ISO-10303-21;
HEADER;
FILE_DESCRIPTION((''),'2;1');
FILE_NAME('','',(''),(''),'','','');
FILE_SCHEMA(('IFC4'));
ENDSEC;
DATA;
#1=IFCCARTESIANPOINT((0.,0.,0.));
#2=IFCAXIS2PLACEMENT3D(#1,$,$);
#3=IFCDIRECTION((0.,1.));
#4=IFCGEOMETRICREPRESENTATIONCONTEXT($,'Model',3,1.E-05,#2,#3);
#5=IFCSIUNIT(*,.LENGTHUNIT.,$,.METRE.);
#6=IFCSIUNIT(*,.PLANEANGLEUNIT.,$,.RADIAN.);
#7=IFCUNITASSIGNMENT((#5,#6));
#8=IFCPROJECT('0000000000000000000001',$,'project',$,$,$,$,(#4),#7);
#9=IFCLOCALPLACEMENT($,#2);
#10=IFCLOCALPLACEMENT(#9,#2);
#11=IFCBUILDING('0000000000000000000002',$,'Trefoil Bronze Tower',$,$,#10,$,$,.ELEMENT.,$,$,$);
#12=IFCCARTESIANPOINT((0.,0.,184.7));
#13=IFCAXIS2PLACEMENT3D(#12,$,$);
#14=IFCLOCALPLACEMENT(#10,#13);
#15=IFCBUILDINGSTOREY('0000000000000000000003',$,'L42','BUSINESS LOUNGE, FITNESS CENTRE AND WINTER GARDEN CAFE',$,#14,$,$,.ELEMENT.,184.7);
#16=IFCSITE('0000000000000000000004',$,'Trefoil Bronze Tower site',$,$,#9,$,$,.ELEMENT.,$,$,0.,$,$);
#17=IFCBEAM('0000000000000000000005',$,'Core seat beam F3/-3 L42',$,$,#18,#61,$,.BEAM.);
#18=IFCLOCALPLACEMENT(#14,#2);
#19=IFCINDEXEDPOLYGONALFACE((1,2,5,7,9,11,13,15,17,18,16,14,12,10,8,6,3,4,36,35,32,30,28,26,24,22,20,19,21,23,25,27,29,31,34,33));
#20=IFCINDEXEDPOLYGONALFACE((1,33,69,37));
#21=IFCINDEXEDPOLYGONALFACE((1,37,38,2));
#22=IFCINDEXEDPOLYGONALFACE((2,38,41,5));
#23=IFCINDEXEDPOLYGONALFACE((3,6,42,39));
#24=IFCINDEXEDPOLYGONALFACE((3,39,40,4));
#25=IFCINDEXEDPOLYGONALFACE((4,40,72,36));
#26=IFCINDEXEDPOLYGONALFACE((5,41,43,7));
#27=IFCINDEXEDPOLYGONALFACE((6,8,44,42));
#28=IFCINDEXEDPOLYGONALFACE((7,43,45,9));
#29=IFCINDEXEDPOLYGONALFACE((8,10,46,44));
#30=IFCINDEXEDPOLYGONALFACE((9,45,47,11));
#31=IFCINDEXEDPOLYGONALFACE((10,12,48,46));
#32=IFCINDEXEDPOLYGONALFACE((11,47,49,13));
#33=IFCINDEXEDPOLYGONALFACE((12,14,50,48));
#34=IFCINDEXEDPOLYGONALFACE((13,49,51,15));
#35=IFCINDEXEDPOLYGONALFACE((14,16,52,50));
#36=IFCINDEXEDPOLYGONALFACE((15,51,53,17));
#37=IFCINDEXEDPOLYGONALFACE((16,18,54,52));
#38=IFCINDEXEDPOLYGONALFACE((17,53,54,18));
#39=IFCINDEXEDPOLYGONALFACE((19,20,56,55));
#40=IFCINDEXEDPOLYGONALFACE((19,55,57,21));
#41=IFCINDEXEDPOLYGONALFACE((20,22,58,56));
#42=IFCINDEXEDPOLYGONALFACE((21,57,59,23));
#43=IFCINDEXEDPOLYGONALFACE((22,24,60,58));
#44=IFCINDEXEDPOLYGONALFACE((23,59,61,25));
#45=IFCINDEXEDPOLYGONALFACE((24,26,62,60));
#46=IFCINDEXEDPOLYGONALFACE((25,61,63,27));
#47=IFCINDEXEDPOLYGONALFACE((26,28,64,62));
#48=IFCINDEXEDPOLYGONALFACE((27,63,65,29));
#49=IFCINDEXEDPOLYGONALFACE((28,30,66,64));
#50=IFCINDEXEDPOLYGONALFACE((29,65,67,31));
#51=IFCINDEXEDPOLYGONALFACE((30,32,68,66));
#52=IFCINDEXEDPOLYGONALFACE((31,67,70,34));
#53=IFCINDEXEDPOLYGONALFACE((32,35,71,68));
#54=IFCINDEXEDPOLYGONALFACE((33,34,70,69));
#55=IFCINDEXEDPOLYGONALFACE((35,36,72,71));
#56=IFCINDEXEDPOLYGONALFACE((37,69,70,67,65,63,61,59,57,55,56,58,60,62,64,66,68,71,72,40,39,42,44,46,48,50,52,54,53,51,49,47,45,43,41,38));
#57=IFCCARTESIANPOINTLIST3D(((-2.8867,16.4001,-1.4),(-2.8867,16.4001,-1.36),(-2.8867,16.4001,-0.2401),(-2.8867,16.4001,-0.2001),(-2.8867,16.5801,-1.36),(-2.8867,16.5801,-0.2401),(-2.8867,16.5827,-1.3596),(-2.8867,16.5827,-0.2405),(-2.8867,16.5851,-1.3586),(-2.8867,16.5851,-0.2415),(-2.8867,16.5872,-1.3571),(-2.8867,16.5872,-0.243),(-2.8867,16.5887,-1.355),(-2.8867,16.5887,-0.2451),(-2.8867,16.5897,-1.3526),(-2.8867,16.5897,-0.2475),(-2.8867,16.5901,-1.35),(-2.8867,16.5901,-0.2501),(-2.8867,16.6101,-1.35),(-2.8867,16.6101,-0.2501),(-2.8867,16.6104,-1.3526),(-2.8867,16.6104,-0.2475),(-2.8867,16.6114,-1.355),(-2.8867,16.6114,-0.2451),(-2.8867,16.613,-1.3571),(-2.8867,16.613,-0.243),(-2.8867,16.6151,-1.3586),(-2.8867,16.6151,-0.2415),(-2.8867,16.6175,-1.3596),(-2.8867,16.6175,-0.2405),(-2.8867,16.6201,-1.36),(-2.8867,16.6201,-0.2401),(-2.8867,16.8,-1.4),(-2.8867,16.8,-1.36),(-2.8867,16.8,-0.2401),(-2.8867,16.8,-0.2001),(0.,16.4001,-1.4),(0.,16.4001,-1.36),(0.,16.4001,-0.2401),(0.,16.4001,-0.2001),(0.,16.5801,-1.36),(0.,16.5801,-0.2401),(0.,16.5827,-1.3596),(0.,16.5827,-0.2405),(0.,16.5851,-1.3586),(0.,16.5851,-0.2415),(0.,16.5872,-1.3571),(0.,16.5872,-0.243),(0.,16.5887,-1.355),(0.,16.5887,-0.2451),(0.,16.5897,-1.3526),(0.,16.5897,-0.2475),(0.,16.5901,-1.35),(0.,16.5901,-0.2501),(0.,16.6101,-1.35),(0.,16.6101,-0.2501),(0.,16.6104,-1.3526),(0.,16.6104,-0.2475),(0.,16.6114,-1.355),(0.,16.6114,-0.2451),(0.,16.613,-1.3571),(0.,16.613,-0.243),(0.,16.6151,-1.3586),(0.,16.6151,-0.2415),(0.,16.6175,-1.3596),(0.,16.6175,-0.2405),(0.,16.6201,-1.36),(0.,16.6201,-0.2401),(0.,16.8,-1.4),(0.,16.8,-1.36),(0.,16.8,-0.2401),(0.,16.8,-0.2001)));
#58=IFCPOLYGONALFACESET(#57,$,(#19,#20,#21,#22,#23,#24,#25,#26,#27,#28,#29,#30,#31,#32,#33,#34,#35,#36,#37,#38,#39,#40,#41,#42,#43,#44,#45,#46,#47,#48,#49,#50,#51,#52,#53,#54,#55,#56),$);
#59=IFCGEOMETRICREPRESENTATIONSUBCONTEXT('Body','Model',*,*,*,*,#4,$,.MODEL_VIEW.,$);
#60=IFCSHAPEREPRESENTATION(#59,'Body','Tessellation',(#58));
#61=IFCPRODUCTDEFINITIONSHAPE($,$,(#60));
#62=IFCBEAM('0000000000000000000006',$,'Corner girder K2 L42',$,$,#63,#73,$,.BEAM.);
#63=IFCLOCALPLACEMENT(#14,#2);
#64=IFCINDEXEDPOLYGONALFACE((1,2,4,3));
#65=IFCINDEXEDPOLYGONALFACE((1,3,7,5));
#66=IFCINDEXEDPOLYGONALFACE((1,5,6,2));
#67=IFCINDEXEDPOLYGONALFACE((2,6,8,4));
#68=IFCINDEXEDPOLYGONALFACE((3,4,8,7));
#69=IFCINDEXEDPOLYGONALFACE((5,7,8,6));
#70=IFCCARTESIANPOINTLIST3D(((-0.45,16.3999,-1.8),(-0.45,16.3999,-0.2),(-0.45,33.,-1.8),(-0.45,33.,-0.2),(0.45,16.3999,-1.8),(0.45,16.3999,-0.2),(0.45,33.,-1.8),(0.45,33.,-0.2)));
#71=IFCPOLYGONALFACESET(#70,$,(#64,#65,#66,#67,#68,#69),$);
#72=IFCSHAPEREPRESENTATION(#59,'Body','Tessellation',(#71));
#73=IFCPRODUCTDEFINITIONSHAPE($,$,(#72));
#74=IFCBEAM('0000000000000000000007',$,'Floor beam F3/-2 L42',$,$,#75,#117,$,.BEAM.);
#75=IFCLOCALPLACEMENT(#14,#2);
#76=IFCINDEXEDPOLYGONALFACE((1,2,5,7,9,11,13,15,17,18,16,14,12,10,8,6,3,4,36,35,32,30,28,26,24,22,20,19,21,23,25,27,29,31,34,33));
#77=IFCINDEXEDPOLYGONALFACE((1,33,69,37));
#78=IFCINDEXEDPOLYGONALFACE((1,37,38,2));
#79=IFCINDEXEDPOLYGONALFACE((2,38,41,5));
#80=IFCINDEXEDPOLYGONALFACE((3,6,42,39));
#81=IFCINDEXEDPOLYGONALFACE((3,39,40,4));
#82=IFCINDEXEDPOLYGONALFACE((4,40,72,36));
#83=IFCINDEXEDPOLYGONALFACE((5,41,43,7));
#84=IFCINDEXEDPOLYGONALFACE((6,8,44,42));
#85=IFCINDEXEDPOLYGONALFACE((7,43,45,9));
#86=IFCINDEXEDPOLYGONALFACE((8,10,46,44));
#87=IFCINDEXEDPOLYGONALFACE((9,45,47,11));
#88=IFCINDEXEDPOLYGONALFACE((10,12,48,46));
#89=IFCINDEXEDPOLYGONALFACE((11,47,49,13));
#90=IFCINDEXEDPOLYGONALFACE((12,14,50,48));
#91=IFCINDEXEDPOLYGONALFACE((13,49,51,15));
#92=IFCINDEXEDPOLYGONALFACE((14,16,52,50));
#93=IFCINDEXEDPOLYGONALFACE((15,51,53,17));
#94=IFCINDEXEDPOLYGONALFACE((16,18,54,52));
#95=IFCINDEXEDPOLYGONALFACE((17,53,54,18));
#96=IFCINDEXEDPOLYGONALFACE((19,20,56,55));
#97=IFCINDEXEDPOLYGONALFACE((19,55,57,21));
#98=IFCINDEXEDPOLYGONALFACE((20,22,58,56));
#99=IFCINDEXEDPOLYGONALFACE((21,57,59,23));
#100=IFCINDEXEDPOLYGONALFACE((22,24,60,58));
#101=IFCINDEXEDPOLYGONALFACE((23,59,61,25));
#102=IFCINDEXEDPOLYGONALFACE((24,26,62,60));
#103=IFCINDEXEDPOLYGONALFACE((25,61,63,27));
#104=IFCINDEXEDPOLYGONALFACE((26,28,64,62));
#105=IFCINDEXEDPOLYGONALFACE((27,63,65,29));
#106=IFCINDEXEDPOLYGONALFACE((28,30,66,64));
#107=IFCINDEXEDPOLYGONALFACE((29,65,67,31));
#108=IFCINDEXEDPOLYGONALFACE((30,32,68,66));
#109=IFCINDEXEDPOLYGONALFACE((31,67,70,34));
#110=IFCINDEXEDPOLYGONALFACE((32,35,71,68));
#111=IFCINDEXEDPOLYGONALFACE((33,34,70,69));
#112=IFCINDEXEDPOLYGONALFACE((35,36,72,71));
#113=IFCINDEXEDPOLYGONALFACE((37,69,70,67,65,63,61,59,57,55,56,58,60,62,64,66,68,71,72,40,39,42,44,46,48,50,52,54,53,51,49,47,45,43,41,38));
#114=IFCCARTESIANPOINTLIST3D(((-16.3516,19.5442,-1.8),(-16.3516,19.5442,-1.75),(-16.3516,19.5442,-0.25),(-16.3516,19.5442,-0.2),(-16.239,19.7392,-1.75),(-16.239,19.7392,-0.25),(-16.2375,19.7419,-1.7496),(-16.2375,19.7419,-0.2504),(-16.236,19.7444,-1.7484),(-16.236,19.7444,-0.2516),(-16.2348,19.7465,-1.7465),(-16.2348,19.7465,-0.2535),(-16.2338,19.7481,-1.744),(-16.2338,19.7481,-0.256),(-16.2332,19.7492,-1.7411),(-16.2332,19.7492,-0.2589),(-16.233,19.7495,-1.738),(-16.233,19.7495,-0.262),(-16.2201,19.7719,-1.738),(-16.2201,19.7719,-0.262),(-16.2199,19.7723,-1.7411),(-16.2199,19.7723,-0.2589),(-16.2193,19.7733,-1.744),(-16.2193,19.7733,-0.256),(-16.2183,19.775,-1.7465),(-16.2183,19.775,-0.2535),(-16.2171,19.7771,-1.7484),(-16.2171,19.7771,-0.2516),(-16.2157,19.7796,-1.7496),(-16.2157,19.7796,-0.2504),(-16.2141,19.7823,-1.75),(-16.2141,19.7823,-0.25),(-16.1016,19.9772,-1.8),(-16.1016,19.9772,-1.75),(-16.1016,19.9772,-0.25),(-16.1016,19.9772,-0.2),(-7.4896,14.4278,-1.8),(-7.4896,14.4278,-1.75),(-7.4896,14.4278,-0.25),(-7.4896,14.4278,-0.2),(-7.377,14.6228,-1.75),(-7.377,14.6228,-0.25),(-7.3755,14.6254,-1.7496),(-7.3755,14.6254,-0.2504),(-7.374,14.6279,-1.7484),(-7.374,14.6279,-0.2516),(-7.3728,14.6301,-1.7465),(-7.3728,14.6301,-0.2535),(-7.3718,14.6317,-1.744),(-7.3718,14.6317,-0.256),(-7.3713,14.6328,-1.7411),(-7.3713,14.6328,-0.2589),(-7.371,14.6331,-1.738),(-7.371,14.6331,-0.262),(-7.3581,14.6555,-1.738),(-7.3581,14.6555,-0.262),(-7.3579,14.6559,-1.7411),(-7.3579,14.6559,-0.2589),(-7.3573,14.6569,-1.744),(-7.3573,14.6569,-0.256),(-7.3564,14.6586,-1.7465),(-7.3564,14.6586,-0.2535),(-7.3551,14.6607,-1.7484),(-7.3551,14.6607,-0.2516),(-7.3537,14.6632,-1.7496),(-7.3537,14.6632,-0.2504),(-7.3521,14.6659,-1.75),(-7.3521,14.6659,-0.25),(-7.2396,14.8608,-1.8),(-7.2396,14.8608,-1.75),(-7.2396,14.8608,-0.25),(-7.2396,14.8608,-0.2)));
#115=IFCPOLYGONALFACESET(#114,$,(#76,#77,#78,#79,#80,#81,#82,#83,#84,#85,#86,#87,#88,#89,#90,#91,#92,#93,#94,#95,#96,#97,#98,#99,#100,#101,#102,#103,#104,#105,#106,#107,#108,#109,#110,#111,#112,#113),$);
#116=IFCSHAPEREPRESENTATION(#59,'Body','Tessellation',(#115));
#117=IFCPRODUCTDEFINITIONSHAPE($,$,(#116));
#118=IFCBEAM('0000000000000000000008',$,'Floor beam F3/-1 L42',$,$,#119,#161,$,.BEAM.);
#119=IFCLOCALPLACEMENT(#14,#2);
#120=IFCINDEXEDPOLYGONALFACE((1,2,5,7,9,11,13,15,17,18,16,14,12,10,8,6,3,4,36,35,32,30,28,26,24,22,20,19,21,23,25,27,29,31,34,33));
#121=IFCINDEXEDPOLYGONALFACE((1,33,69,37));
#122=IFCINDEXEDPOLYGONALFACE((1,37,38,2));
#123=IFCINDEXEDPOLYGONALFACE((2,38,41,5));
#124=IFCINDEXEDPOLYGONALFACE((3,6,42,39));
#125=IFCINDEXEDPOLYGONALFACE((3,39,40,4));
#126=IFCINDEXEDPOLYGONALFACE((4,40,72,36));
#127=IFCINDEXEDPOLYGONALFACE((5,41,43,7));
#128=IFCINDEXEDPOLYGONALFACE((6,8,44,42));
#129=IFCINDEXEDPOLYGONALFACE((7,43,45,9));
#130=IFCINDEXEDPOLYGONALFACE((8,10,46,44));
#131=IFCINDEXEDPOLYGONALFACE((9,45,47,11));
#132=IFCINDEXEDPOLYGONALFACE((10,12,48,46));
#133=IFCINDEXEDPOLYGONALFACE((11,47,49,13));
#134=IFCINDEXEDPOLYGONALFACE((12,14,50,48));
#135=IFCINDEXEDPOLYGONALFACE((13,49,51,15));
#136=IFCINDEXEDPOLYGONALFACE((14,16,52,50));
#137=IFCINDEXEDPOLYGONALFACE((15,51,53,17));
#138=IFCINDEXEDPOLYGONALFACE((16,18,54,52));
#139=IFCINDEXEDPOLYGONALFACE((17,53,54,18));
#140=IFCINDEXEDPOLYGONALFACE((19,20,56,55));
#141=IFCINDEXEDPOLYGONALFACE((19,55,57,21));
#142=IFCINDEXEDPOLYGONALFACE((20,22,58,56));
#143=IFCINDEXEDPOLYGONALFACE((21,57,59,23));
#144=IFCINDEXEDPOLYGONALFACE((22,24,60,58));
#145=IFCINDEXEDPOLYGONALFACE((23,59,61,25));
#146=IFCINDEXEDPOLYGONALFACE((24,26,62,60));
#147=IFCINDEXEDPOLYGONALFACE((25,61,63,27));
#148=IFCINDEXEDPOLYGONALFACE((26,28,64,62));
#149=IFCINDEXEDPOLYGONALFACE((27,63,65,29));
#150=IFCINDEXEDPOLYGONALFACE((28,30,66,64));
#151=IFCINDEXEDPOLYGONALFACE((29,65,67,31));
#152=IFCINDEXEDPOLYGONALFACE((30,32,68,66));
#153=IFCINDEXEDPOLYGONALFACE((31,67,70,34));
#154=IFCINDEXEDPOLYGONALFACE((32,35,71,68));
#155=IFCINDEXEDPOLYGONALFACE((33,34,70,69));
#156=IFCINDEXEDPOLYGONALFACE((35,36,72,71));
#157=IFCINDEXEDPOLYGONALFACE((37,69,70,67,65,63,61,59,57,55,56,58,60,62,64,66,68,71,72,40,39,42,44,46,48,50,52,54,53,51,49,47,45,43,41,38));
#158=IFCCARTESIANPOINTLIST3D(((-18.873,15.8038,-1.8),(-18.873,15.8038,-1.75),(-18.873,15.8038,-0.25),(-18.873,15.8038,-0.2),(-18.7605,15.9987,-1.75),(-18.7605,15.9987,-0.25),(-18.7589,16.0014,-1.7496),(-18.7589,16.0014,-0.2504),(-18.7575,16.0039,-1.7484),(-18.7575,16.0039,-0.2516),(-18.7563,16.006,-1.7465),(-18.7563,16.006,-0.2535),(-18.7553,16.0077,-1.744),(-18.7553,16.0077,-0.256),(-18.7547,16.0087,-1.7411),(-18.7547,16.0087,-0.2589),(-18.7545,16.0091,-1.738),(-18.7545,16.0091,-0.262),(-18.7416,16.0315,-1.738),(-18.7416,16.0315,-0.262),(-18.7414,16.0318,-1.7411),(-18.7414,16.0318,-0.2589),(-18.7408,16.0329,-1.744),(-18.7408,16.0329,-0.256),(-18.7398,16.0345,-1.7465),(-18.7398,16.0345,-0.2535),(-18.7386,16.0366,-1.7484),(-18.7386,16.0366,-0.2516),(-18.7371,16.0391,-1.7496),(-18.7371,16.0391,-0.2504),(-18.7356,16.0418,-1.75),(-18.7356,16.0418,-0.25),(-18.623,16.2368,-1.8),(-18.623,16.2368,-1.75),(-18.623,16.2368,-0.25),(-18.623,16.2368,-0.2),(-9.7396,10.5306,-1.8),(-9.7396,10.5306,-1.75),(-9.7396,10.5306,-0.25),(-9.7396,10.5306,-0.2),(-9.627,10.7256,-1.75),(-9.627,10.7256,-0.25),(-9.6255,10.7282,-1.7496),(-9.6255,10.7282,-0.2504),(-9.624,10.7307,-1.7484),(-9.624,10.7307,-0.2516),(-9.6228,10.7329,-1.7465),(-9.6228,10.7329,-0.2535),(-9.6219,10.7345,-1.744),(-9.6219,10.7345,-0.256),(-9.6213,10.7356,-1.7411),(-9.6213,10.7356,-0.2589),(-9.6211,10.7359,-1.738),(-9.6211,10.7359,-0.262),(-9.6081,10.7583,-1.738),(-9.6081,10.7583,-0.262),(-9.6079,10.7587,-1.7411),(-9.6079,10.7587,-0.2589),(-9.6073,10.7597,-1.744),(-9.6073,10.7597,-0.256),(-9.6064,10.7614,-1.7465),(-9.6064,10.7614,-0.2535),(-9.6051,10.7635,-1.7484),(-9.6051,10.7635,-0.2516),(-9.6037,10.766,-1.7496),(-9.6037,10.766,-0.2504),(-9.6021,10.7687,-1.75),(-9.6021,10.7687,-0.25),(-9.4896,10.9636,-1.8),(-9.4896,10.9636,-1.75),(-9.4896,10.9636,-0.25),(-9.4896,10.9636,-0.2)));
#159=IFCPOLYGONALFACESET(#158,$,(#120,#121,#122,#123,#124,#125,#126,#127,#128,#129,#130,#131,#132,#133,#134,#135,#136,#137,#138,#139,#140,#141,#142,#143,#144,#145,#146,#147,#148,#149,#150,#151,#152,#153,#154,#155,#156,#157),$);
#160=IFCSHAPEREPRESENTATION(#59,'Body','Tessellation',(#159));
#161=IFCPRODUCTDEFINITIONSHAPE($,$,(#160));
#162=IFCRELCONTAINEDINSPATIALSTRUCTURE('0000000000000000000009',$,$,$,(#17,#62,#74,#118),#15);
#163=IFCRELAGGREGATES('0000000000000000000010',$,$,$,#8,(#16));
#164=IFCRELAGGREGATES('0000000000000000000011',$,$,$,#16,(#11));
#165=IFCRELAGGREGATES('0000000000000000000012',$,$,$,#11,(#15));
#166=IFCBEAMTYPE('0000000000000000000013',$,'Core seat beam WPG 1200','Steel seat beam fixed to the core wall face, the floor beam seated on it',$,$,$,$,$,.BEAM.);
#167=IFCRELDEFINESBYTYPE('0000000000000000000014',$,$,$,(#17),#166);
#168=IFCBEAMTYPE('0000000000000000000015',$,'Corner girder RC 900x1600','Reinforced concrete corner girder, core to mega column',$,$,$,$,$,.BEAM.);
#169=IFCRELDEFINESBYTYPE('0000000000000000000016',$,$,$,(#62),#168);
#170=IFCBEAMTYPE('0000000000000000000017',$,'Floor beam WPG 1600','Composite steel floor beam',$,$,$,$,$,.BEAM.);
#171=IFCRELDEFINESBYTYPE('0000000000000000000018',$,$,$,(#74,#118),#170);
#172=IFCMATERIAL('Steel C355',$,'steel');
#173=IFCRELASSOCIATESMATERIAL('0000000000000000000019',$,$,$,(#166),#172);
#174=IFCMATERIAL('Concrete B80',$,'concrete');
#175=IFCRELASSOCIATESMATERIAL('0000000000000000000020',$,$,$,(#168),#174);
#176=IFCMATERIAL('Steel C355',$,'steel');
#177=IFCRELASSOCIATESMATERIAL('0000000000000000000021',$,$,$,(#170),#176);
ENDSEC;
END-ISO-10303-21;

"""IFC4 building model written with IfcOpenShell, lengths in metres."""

from ifc_helpers import new_model, si_unit, direction, frame, origin, origin_2d, place, context, subcontext, project, spatial, rectangle, i_section, extrude, material, material_profile, profile_set, type_object, element, save


model = new_model("IFC4")

# Units and contexts
model_context = context("Model", 3, precision=1e-05, world=origin(), true_north=direction((0.0, 1.0)))
body_context = subcontext(model_context, "Body", "Model", "MODEL_VIEW")
ifc_project = project(units=[si_unit("LENGTHUNIT", "METRE"), si_unit("PLANEANGLEUNIT", "RADIAN")], contexts=[model_context])

# Site, building, storey
site_placement = place(None, origin())
site = spatial("IfcSite", under=ifc_project, at=site_placement, Name="Trefoil Bronze Tower site", CompositionType="ELEMENT", RefElevation=0.0)
building_placement = place(site_placement, origin())
building = spatial("IfcBuilding", under=site, at=building_placement, Name="Trefoil Bronze Tower", CompositionType="ELEMENT")
storey_placement = place(building_placement, frame((0.0, 0.0, 184.7)))
storey = spatial("IfcBuildingStorey", under=building, at=storey_placement, Name="L42", Description="BUSINESS LOUNGE, FITNESS CENTRE AND WINTER GARDEN CAFE", CompositionType="ELEMENT", Elevation=184.7)

# Beams
ifc_material_1 = material(Name="Steel C355", Category="steel")
ifc_material_profile_1 = material_profile(ifc_material_1, i_section(OverallWidth=0.3999, OverallDepth=1.2, WebThickness=0.02, FlangeThickness=0.04, FilletRadius=0.01, at=origin_2d()), Name="WPG 1200")
ifc_profile_set_1 = profile_set([ifc_material_profile_1], Name="Steel C355")
beam_type_1 = type_object("IfcBeamType", Name="Core seat beam WPG 1200", Description="Steel seat beam fixed to the core wall face, the floor beam seated on it", PredefinedType="BEAM", material=ifc_profile_set_1)
beam_1_placement = place(storey_placement, frame((0.0, 16.6001, -0.8), z_axis=(-1.0, 0.0, 0.0), x_axis=(0.0, -1.0, 0.0)))
element("IfcBeam", 1, at=beam_1_placement, inside=storey, type_object=beam_type_1, Name="Core seat beam F3/-3 L42", PredefinedType="BEAM", context=body_context, shape_type="SweptSolid", body=[
    extrude(i_section(OverallWidth=0.3999, OverallDepth=1.2, WebThickness=0.02, FlangeThickness=0.04, FilletRadius=0.01, at=origin_2d()), origin(), (0.0, 0.0, 1.0), 2.8867),
])
ifc_material_2 = material(Name="Concrete B80", Category="concrete")
ifc_material_profile_2 = material_profile(ifc_material_2, rectangle(XDim=0.8999, YDim=1.6001, at=origin_2d()), Name="RC 900x1600")
ifc_profile_set_2 = profile_set([ifc_material_profile_2], Name="Concrete B80")
beam_type_2 = type_object("IfcBeamType", Name="Corner girder RC 900x1600", Description="Reinforced concrete corner girder, core to mega column", PredefinedType="BEAM", material=ifc_profile_set_2)
beam_2_placement = place(storey_placement, frame((0.0, 16.3999, -1.0), z_axis=(0.0, 1.0, 0.0), x_axis=(-1.0, 0.0, 0.0)))
element("IfcBeam", 2, at=beam_2_placement, inside=storey, type_object=beam_type_2, Name="Corner girder K2 L42", PredefinedType="BEAM", context=body_context, shape_type="SweptSolid", body=[
    extrude(rectangle(XDim=0.8999, YDim=1.6001, at=origin_2d()), origin(), (0.0, 0.0, 1.0), 16.6001),
])
ifc_material_3 = material(Name="Steel C355", Category="steel")
ifc_material_profile_3 = material_profile(ifc_material_3, i_section(OverallWidth=0.5, OverallDepth=1.6001, WebThickness=0.0259, FlangeThickness=0.05, FilletRadius=0.012, at=origin_2d()), Name="WPG 1600")
ifc_profile_set_3 = profile_set([ifc_material_profile_3], Name="Steel C355")
beam_type_3 = type_object("IfcBeamType", Name="Floor beam WPG 1600", Description="Composite steel floor beam", PredefinedType="BEAM", material=ifc_profile_set_3)
beam_3_placement = place(storey_placement, frame((-16.2266, 19.7607, -1.0), z_axis=(0.866028, -0.499996, 0.0), x_axis=(0.499996, 0.866028, 0.0)))
element("IfcBeam", 3, at=beam_3_placement, inside=storey, type_object=beam_type_3, Name="Floor beam F3/-2 L42", PredefinedType="BEAM", context=body_context, shape_type="SweptSolid", body=[
    extrude(i_section(OverallWidth=0.5, OverallDepth=1.6001, WebThickness=0.0259, FlangeThickness=0.05, FilletRadius=0.012, at=origin_2d()), origin(), (0.0, 0.0, 1.0), 10.2329),
])
beam_4_placement = place(storey_placement, frame((-18.748, 16.0203, -1.0), z_axis=(0.866028, -0.499996, 0.0), x_axis=(0.499996, 0.866028, 0.0)))
element("IfcBeam", 4, at=beam_4_placement, inside=storey, type_object=beam_type_3, Name="Floor beam F3/-1 L42", PredefinedType="BEAM", context=body_context, shape_type="SweptSolid", body=[
    extrude(i_section(OverallWidth=0.5, OverallDepth=1.6001, WebThickness=0.0259, FlangeThickness=0.05, FilletRadius=0.012, at=origin_2d()), origin(), (0.0, 0.0, 1.0), 10.5464),
])

save(model, "model.ifc")
